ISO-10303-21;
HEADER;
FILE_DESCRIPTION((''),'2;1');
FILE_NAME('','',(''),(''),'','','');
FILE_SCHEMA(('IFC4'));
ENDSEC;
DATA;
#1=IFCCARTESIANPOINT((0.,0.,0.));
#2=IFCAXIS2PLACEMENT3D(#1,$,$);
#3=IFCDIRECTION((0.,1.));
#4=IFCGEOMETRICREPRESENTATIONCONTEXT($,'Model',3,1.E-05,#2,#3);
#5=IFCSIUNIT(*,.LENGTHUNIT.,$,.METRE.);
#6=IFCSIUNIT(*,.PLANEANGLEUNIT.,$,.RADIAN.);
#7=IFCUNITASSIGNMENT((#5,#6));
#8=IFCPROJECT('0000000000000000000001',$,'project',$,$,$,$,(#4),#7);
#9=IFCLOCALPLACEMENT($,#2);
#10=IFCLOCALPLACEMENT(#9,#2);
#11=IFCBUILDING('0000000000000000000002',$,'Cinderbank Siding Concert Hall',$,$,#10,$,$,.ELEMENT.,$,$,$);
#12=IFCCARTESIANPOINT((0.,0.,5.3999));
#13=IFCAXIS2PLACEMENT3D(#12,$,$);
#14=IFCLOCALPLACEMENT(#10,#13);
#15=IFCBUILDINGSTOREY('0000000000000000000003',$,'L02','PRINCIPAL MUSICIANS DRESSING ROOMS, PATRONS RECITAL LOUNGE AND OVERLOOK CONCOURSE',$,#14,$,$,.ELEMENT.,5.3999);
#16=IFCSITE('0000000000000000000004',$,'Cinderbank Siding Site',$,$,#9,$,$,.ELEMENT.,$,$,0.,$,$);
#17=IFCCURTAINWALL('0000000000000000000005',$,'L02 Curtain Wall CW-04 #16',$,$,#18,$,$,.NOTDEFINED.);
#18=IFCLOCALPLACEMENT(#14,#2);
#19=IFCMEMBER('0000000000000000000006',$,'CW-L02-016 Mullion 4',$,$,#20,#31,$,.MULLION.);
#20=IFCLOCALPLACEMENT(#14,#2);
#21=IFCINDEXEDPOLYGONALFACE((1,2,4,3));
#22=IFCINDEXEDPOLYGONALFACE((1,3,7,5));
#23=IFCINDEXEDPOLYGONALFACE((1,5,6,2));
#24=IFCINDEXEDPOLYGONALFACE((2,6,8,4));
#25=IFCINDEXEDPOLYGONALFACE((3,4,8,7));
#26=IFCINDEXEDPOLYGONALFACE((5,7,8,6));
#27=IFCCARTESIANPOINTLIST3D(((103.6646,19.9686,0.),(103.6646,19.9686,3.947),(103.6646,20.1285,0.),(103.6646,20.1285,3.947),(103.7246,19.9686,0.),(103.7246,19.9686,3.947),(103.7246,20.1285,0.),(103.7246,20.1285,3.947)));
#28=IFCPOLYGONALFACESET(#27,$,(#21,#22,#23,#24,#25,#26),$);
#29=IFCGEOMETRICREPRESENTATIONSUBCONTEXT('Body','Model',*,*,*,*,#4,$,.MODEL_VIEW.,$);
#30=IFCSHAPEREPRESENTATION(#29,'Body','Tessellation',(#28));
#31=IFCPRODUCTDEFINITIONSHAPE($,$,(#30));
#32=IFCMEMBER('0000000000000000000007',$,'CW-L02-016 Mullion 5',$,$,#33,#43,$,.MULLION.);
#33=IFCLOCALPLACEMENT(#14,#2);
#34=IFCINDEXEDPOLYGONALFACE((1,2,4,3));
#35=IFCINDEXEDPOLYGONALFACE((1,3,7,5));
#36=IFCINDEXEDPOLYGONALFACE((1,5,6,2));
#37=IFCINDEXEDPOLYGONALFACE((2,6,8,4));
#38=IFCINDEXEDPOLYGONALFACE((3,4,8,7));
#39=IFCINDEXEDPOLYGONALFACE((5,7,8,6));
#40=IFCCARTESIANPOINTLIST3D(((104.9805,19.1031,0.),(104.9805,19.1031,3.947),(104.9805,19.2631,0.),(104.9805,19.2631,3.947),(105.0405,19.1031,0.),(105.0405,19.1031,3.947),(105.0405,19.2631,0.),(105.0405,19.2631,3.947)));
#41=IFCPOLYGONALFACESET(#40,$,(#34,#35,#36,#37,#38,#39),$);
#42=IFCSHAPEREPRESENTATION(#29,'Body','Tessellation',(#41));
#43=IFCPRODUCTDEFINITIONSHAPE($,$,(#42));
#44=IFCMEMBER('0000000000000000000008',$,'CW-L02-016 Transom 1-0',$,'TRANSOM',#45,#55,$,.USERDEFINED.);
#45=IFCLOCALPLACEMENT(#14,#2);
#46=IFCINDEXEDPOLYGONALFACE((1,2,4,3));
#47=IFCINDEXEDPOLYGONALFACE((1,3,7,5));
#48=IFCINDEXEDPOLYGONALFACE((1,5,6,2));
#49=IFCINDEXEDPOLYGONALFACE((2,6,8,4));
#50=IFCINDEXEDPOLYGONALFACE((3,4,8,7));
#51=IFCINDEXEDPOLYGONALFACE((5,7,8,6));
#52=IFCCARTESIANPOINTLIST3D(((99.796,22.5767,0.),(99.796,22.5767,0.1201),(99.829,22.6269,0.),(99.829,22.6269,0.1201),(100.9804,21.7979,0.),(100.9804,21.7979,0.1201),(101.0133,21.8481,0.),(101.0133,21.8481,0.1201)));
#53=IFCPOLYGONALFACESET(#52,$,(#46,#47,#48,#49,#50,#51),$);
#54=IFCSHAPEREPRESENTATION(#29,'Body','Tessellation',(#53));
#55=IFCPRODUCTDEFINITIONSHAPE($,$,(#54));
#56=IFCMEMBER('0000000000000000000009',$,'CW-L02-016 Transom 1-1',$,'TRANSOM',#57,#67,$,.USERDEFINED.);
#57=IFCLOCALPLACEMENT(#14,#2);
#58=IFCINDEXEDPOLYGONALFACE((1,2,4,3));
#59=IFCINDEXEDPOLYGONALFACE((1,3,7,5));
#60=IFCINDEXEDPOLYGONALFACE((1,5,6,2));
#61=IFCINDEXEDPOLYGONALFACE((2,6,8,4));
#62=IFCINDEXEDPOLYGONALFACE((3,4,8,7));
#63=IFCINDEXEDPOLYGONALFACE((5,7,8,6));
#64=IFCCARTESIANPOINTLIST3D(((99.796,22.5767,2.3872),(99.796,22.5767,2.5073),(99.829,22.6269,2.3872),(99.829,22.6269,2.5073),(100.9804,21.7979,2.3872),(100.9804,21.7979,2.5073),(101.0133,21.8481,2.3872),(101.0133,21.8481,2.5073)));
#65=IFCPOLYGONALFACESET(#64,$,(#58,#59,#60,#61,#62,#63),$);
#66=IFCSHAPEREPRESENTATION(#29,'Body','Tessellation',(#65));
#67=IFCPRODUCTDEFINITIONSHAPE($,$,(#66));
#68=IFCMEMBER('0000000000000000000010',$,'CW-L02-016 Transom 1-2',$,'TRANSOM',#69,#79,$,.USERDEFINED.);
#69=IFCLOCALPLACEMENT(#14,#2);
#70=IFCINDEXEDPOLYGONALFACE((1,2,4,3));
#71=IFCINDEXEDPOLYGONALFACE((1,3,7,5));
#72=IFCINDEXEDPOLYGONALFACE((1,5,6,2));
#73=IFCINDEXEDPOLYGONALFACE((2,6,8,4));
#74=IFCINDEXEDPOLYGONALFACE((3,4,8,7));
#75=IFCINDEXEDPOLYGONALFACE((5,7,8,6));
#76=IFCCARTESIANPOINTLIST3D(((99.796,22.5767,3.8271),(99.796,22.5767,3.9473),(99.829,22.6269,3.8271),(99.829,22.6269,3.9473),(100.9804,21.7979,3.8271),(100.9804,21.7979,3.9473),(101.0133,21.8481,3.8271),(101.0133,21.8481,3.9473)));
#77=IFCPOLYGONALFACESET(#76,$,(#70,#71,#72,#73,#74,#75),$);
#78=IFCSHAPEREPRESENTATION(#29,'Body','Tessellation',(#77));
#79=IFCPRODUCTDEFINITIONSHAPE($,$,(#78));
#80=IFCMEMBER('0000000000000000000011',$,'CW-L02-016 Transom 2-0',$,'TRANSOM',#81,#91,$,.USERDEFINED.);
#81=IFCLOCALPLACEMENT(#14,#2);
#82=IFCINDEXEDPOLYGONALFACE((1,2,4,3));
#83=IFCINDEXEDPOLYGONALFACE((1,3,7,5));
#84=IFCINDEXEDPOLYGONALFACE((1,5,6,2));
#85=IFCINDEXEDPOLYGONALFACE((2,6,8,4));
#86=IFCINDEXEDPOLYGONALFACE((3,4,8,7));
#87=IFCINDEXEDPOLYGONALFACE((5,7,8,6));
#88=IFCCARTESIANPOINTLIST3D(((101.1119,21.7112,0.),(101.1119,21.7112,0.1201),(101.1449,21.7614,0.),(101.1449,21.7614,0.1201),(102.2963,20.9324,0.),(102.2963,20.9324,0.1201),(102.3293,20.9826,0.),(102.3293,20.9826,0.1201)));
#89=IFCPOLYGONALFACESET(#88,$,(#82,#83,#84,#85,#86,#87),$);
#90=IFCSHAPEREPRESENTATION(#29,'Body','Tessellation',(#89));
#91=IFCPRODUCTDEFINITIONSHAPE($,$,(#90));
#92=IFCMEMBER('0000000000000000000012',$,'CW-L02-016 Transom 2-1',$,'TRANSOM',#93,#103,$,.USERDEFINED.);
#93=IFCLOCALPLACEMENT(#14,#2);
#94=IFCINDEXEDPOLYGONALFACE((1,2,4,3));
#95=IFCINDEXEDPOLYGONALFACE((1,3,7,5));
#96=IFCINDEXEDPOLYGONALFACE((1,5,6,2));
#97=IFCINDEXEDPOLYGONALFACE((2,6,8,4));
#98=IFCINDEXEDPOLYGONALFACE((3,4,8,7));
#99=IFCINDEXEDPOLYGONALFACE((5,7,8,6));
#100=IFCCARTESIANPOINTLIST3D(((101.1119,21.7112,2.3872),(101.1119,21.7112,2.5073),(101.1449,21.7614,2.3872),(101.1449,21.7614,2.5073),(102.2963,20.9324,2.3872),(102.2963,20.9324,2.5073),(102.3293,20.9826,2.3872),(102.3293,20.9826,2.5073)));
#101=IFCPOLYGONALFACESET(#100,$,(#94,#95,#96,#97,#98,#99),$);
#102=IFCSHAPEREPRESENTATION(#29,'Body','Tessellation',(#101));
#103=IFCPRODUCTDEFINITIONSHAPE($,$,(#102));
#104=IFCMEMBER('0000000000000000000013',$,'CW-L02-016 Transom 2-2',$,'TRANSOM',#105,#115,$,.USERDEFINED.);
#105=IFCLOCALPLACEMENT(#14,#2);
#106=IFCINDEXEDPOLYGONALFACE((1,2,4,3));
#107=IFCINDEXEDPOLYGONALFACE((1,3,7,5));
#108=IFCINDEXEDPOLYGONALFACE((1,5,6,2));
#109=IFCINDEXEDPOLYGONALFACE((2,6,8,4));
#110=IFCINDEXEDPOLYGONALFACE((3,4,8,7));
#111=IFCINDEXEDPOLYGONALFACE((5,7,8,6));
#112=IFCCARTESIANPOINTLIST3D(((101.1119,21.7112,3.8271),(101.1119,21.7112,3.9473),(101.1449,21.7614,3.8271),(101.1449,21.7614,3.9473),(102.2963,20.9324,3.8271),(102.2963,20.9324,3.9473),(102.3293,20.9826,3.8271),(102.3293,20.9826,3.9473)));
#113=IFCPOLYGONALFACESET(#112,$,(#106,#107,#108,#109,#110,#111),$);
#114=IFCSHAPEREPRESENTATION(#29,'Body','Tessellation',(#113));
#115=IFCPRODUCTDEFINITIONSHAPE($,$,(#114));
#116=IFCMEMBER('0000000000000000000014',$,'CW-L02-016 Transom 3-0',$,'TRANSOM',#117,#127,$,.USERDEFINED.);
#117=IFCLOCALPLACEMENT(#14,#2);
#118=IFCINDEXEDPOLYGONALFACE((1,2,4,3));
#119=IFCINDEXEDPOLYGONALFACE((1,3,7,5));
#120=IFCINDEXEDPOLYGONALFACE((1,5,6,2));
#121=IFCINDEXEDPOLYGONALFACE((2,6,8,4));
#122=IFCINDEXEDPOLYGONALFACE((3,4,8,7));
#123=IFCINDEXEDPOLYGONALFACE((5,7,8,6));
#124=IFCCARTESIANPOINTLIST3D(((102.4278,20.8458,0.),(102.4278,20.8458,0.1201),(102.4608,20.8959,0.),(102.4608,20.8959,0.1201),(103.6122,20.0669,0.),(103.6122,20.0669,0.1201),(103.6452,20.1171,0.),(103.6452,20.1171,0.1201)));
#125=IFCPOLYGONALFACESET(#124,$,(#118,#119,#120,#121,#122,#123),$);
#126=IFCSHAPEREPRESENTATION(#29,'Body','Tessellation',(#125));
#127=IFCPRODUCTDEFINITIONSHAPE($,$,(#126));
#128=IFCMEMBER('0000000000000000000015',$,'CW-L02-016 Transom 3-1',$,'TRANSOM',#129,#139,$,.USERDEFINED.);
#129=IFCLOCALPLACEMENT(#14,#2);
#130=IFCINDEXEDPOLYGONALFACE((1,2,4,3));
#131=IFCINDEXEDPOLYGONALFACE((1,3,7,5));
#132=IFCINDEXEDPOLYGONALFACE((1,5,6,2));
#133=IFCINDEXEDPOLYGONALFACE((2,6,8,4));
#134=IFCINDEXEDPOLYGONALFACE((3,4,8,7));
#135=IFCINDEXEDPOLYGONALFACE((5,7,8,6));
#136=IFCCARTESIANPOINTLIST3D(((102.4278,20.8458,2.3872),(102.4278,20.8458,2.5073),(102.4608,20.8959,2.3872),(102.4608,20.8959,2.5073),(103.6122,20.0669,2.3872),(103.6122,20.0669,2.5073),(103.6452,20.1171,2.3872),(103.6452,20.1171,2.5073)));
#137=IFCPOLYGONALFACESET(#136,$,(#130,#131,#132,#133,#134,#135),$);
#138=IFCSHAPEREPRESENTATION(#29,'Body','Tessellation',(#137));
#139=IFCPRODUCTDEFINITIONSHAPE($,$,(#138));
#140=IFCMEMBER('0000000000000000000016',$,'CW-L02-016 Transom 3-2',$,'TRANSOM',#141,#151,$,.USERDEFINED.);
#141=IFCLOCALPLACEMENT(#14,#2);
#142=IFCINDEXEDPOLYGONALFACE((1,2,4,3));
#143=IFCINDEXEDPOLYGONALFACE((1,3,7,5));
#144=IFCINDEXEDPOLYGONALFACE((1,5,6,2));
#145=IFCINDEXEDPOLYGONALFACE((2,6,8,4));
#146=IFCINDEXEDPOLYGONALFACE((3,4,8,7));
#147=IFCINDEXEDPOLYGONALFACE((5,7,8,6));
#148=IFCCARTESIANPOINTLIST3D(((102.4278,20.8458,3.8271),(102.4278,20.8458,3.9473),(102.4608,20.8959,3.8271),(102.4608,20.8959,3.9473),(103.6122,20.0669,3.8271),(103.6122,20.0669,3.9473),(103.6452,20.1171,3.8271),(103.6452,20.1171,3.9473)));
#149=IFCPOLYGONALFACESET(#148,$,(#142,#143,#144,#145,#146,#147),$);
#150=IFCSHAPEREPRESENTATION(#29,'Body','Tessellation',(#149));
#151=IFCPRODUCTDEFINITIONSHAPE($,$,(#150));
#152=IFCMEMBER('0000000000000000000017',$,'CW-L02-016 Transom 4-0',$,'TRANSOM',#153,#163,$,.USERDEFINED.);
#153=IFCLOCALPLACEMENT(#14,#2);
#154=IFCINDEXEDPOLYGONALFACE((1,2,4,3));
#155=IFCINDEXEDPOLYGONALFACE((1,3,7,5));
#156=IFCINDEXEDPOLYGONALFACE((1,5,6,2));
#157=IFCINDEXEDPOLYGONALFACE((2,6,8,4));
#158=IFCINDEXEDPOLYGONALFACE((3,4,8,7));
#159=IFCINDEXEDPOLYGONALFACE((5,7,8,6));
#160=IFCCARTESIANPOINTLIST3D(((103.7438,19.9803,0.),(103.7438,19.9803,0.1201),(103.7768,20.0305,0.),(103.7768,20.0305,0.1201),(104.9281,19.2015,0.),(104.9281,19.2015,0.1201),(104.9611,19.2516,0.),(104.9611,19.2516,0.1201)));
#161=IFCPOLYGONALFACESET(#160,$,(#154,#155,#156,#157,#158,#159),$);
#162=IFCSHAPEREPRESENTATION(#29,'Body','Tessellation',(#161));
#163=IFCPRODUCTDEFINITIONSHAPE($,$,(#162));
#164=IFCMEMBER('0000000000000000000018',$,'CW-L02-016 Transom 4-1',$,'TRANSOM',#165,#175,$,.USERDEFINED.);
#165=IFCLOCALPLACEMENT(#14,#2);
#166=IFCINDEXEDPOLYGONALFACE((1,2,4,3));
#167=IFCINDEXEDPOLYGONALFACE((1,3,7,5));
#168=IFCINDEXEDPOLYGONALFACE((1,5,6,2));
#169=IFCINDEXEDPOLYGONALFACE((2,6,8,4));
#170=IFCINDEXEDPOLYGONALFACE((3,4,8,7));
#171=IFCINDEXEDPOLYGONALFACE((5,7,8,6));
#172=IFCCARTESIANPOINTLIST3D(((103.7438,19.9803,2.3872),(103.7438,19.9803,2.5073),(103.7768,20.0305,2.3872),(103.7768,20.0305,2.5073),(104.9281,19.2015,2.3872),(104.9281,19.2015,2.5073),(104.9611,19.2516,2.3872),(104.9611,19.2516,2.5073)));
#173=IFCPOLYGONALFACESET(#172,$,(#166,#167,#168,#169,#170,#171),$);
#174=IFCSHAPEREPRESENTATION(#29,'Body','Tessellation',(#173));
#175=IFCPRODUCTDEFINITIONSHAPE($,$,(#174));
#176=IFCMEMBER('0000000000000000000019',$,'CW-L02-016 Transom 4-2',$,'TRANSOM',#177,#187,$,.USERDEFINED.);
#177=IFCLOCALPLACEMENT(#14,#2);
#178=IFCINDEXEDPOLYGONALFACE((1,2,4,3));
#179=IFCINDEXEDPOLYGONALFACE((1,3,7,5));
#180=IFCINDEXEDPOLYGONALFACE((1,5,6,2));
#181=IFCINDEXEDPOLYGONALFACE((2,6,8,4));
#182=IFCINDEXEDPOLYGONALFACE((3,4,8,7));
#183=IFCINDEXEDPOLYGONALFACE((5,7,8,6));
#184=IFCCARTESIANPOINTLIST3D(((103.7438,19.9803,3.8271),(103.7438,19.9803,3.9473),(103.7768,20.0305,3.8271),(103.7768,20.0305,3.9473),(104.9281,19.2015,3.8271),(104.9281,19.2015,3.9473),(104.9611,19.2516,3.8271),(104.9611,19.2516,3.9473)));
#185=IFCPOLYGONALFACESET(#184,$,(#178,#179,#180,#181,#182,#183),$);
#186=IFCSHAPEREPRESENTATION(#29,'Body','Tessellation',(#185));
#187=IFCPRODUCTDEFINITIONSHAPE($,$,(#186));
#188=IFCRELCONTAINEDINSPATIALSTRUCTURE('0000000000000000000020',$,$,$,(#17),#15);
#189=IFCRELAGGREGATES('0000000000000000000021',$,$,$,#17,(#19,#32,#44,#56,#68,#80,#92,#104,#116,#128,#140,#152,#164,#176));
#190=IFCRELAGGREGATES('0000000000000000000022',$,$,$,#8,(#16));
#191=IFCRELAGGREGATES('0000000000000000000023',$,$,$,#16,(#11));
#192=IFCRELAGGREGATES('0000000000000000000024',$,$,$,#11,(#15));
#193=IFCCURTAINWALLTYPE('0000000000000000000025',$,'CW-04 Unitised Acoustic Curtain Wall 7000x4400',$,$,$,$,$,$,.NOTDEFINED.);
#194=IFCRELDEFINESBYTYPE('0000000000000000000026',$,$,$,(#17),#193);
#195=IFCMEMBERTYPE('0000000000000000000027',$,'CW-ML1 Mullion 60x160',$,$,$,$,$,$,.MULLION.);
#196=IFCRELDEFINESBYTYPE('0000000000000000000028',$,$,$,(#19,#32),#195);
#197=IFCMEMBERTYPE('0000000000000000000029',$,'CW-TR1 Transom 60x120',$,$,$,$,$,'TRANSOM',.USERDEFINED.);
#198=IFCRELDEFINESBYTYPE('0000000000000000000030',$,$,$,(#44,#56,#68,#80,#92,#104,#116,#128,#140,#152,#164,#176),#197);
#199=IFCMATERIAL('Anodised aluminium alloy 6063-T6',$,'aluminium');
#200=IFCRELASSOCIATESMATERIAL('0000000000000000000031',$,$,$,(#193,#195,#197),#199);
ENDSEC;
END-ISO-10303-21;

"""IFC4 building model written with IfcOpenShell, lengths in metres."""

from ifc_helpers import new_model, si_unit, direction, frame, origin, origin_2d, place, context, subcontext, project, spatial, rectangle, extrude, material, material_profile, profile_set, type_object, element, aggregate, save


model = new_model("IFC4")

# Units and contexts
model_context = context("Model", 3, precision=1e-05, world=origin(), true_north=direction((0.0, 1.0)))
body_context = subcontext(model_context, "Body", "Model", "MODEL_VIEW")
ifc_project = project(units=[si_unit("LENGTHUNIT", "METRE"), si_unit("PLANEANGLEUNIT", "RADIAN")], contexts=[model_context])

# Site, building, storey
site_placement = place(None, origin())
site = spatial("IfcSite", under=ifc_project, at=site_placement, Name="Cinderbank Siding Site", CompositionType="ELEMENT", RefElevation=0.0)
building_placement = place(site_placement, origin())
building = spatial("IfcBuilding", under=site, at=building_placement, Name="Cinderbank Siding Concert Hall", CompositionType="ELEMENT")
storey_placement = place(building_placement, frame((0.0, 0.0, 5.3999)))
storey = spatial("IfcBuildingStorey", under=building, at=storey_placement, Name="L02", Description="PRINCIPAL MUSICIANS DRESSING ROOMS, PATRONS RECITAL LOUNGE AND OVERLOOK CONCOURSE", CompositionType="ELEMENT", Elevation=5.3999)

# Curtain wall, members
ifc_material_1 = material(Name="Anodised aluminium alloy 6063-T6", Category="aluminium")
curtain_wall_type = type_object("IfcCurtainWallType", Name="CW-04 Unitised Acoustic Curtain Wall 7000x4400", PredefinedType="NOTDEFINED", material=ifc_material_1)
curtain_wall_placement = place(storey_placement, origin())
curtain_wall = element("IfcCurtainWall", 1, at=curtain_wall_placement, inside=storey, type_object=curtain_wall_type, Name="L02 Curtain Wall CW-04 #16", PredefinedType="NOTDEFINED")
ifc_material_profile_1 = material_profile(ifc_material_1, rectangle(XDim=0.0601, YDim=0.1599, at=origin_2d()), Name="ALU-MULL-60x160", Category="LoadBearing")
ifc_profile_set_1 = profile_set([ifc_material_profile_1], Name="Anodised aluminium alloy 6063-T6")
member_type_1 = type_object("IfcMemberType", Name="CW-ML1 Mullion 60x160", PredefinedType="MULLION", material=ifc_profile_set_1)
member_1_placement = place(storey_placement, frame((103.6946, 20.0486, 0.0), z_axis=(0.0, 0.0, 1.0), x_axis=(1.0, 0.0, 0.0)))
member_1 = element("IfcMember", 2, at=member_1_placement, type_object=member_type_1, Name="CW-L02-016 Mullion 4", PredefinedType="MULLION", context=body_context, shape_type="SweptSolid", body=[
    extrude(rectangle(XDim=0.0601, YDim=0.1599, at=origin_2d()), origin(), (0.0, 0.0, 1.0), 3.947),
])
member_2_placement = place(storey_placement, frame((105.0105, 19.1831, 0.0), z_axis=(0.0, 0.0, 1.0), x_axis=(1.0, 0.0, 0.0)))
member_2 = element("IfcMember", 3, at=member_2_placement, type_object=member_type_1, Name="CW-L02-016 Mullion 5", PredefinedType="MULLION", context=body_context, shape_type="SweptSolid", body=[
    extrude(rectangle(XDim=0.0601, YDim=0.1599, at=origin_2d()), origin(), (0.0, 0.0, 1.0), 3.947),
])
ifc_material_profile_2 = material_profile(ifc_material_1, rectangle(XDim=0.0601, YDim=0.1201, at=origin_2d()), Name="ALU-TRAN-60x120", Category="LoadBearing")
ifc_profile_set_2 = profile_set([ifc_material_profile_2], Name="Anodised aluminium alloy 6063-T6")
member_type_2 = type_object("IfcMemberType", Name="CW-TR1 Transom 60x120", ElementType="TRANSOM", PredefinedType="USERDEFINED", material=ifc_profile_set_2)
member_3_placement = place(storey_placement, frame((99.8125, 22.6018, 0.0601), z_axis=(0.835532, -0.549443, 0.0), x_axis=(0.549443, 0.835532, 0.0)))
member_3 = element("IfcMember", 4, at=member_3_placement, type_object=member_type_2, Name="CW-L02-016 Transom 1-0", ObjectType="TRANSOM", PredefinedType="USERDEFINED", context=body_context, shape_type="SweptSolid", body=[
    extrude(rectangle(XDim=0.0601, YDim=0.1201, at=origin_2d()), origin(), (0.0, 0.0, 1.0), 1.4175),
])
member_4_placement = place(storey_placement, frame((99.8125, 22.6018, 2.4473), z_axis=(0.835532, -0.549443, 0.0), x_axis=(0.549443, 0.835532, 0.0)))
member_4 = element("IfcMember", 5, at=member_4_placement, type_object=member_type_2, Name="CW-L02-016 Transom 1-1", ObjectType="TRANSOM", PredefinedType="USERDEFINED", context=body_context, shape_type="SweptSolid", body=[
    extrude(rectangle(XDim=0.0601, YDim=0.1201, at=origin_2d()), origin(), (0.0, 0.0, 1.0), 1.4175),
])
member_5_placement = place(storey_placement, frame((99.8125, 22.6018, 3.8872), z_axis=(0.835532, -0.549443, 0.0), x_axis=(0.549443, 0.835532, 0.0)))
member_5 = element("IfcMember", 6, at=member_5_placement, type_object=member_type_2, Name="CW-L02-016 Transom 1-2", ObjectType="TRANSOM", PredefinedType="USERDEFINED", context=body_context, shape_type="SweptSolid", body=[
    extrude(rectangle(XDim=0.0601, YDim=0.1201, at=origin_2d()), origin(), (0.0, 0.0, 1.0), 1.4175),
])
member_6_placement = place(storey_placement, frame((101.1284, 21.7363, 0.0601), z_axis=(0.835532, -0.549443, 0.0), x_axis=(0.549443, 0.835532, 0.0)))
member_6 = element("IfcMember", 7, at=member_6_placement, type_object=member_type_2, Name="CW-L02-016 Transom 2-0", ObjectType="TRANSOM", PredefinedType="USERDEFINED", context=body_context, shape_type="SweptSolid", body=[
    extrude(rectangle(XDim=0.0601, YDim=0.1201, at=origin_2d()), origin(), (0.0, 0.0, 1.0), 1.4175),
])
member_7_placement = place(storey_placement, frame((101.1284, 21.7363, 2.4473), z_axis=(0.835532, -0.549443, 0.0), x_axis=(0.549443, 0.835532, 0.0)))
member_7 = element("IfcMember", 8, at=member_7_placement, type_object=member_type_2, Name="CW-L02-016 Transom 2-1", ObjectType="TRANSOM", PredefinedType="USERDEFINED", context=body_context, shape_type="SweptSolid", body=[
    extrude(rectangle(XDim=0.0601, YDim=0.1201, at=origin_2d()), origin(), (0.0, 0.0, 1.0), 1.4175),
])
member_8_placement = place(storey_placement, frame((101.1284, 21.7363, 3.8872), z_axis=(0.835532, -0.549443, 0.0), x_axis=(0.549443, 0.835532, 0.0)))
member_8 = element("IfcMember", 9, at=member_8_placement, type_object=member_type_2, Name="CW-L02-016 Transom 2-2", ObjectType="TRANSOM", PredefinedType="USERDEFINED", context=body_context, shape_type="SweptSolid", body=[
    extrude(rectangle(XDim=0.0601, YDim=0.1201, at=origin_2d()), origin(), (0.0, 0.0, 1.0), 1.4175),
])
member_9_placement = place(storey_placement, frame((102.4443, 20.8708, 0.0601), z_axis=(0.835532, -0.549443, 0.0), x_axis=(0.549443, 0.835532, 0.0)))
member_9 = element("IfcMember", 10, at=member_9_placement, type_object=member_type_2, Name="CW-L02-016 Transom 3-0", ObjectType="TRANSOM", PredefinedType="USERDEFINED", context=body_context, shape_type="SweptSolid", body=[
    extrude(rectangle(XDim=0.0601, YDim=0.1201, at=origin_2d()), origin(), (0.0, 0.0, 1.0), 1.4175),
])
member_10_placement = place(storey_placement, frame((102.4443, 20.8708, 2.4473), z_axis=(0.835532, -0.549443, 0.0), x_axis=(0.549443, 0.835532, 0.0)))
member_10 = element("IfcMember", 11, at=member_10_placement, type_object=member_type_2, Name="CW-L02-016 Transom 3-1", ObjectType="TRANSOM", PredefinedType="USERDEFINED", context=body_context, shape_type="SweptSolid", body=[
    extrude(rectangle(XDim=0.0601, YDim=0.1201, at=origin_2d()), origin(), (0.0, 0.0, 1.0), 1.4175),
])
member_11_placement = place(storey_placement, frame((102.4443, 20.8708, 3.8872), z_axis=(0.835532, -0.549443, 0.0), x_axis=(0.549443, 0.835532, 0.0)))
member_11 = element("IfcMember", 12, at=member_11_placement, type_object=member_type_2, Name="CW-L02-016 Transom 3-2", ObjectType="TRANSOM", PredefinedType="USERDEFINED", context=body_context, shape_type="SweptSolid", body=[
    extrude(rectangle(XDim=0.0601, YDim=0.1201, at=origin_2d()), origin(), (0.0, 0.0, 1.0), 1.4175),
])
member_12_placement = place(storey_placement, frame((103.7603, 20.0054, 0.0601), z_axis=(0.835532, -0.549443, 0.0), x_axis=(0.549443, 0.835532, 0.0)))
member_12 = element("IfcMember", 13, at=member_12_placement, type_object=member_type_2, Name="CW-L02-016 Transom 4-0", ObjectType="TRANSOM", PredefinedType="USERDEFINED", context=body_context, shape_type="SweptSolid", body=[
    extrude(rectangle(XDim=0.0601, YDim=0.1201, at=origin_2d()), origin(), (0.0, 0.0, 1.0), 1.4175),
])
member_13_placement = place(storey_placement, frame((103.7603, 20.0054, 2.4473), z_axis=(0.835532, -0.549443, 0.0), x_axis=(0.549443, 0.835532, 0.0)))
member_13 = element("IfcMember", 14, at=member_13_placement, type_object=member_type_2, Name="CW-L02-016 Transom 4-1", ObjectType="TRANSOM", PredefinedType="USERDEFINED", context=body_context, shape_type="SweptSolid", body=[
    extrude(rectangle(XDim=0.0601, YDim=0.1201, at=origin_2d()), origin(), (0.0, 0.0, 1.0), 1.4175),
])
member_14_placement = place(storey_placement, frame((103.7603, 20.0054, 3.8872), z_axis=(0.835532, -0.549443, 0.0), x_axis=(0.549443, 0.835532, 0.0)))
member_14 = element("IfcMember", 15, at=member_14_placement, type_object=member_type_2, Name="CW-L02-016 Transom 4-2", ObjectType="TRANSOM", PredefinedType="USERDEFINED", context=body_context, shape_type="SweptSolid", body=[
    extrude(rectangle(XDim=0.0601, YDim=0.1201, at=origin_2d()), origin(), (0.0, 0.0, 1.0), 1.4175),
])
aggregate(curtain_wall, [member_1, member_2, member_3, member_4, member_5, member_6, member_7, member_8, member_9, member_10, member_11, member_12, member_13, member_14])

save(model, "model.ifc")
